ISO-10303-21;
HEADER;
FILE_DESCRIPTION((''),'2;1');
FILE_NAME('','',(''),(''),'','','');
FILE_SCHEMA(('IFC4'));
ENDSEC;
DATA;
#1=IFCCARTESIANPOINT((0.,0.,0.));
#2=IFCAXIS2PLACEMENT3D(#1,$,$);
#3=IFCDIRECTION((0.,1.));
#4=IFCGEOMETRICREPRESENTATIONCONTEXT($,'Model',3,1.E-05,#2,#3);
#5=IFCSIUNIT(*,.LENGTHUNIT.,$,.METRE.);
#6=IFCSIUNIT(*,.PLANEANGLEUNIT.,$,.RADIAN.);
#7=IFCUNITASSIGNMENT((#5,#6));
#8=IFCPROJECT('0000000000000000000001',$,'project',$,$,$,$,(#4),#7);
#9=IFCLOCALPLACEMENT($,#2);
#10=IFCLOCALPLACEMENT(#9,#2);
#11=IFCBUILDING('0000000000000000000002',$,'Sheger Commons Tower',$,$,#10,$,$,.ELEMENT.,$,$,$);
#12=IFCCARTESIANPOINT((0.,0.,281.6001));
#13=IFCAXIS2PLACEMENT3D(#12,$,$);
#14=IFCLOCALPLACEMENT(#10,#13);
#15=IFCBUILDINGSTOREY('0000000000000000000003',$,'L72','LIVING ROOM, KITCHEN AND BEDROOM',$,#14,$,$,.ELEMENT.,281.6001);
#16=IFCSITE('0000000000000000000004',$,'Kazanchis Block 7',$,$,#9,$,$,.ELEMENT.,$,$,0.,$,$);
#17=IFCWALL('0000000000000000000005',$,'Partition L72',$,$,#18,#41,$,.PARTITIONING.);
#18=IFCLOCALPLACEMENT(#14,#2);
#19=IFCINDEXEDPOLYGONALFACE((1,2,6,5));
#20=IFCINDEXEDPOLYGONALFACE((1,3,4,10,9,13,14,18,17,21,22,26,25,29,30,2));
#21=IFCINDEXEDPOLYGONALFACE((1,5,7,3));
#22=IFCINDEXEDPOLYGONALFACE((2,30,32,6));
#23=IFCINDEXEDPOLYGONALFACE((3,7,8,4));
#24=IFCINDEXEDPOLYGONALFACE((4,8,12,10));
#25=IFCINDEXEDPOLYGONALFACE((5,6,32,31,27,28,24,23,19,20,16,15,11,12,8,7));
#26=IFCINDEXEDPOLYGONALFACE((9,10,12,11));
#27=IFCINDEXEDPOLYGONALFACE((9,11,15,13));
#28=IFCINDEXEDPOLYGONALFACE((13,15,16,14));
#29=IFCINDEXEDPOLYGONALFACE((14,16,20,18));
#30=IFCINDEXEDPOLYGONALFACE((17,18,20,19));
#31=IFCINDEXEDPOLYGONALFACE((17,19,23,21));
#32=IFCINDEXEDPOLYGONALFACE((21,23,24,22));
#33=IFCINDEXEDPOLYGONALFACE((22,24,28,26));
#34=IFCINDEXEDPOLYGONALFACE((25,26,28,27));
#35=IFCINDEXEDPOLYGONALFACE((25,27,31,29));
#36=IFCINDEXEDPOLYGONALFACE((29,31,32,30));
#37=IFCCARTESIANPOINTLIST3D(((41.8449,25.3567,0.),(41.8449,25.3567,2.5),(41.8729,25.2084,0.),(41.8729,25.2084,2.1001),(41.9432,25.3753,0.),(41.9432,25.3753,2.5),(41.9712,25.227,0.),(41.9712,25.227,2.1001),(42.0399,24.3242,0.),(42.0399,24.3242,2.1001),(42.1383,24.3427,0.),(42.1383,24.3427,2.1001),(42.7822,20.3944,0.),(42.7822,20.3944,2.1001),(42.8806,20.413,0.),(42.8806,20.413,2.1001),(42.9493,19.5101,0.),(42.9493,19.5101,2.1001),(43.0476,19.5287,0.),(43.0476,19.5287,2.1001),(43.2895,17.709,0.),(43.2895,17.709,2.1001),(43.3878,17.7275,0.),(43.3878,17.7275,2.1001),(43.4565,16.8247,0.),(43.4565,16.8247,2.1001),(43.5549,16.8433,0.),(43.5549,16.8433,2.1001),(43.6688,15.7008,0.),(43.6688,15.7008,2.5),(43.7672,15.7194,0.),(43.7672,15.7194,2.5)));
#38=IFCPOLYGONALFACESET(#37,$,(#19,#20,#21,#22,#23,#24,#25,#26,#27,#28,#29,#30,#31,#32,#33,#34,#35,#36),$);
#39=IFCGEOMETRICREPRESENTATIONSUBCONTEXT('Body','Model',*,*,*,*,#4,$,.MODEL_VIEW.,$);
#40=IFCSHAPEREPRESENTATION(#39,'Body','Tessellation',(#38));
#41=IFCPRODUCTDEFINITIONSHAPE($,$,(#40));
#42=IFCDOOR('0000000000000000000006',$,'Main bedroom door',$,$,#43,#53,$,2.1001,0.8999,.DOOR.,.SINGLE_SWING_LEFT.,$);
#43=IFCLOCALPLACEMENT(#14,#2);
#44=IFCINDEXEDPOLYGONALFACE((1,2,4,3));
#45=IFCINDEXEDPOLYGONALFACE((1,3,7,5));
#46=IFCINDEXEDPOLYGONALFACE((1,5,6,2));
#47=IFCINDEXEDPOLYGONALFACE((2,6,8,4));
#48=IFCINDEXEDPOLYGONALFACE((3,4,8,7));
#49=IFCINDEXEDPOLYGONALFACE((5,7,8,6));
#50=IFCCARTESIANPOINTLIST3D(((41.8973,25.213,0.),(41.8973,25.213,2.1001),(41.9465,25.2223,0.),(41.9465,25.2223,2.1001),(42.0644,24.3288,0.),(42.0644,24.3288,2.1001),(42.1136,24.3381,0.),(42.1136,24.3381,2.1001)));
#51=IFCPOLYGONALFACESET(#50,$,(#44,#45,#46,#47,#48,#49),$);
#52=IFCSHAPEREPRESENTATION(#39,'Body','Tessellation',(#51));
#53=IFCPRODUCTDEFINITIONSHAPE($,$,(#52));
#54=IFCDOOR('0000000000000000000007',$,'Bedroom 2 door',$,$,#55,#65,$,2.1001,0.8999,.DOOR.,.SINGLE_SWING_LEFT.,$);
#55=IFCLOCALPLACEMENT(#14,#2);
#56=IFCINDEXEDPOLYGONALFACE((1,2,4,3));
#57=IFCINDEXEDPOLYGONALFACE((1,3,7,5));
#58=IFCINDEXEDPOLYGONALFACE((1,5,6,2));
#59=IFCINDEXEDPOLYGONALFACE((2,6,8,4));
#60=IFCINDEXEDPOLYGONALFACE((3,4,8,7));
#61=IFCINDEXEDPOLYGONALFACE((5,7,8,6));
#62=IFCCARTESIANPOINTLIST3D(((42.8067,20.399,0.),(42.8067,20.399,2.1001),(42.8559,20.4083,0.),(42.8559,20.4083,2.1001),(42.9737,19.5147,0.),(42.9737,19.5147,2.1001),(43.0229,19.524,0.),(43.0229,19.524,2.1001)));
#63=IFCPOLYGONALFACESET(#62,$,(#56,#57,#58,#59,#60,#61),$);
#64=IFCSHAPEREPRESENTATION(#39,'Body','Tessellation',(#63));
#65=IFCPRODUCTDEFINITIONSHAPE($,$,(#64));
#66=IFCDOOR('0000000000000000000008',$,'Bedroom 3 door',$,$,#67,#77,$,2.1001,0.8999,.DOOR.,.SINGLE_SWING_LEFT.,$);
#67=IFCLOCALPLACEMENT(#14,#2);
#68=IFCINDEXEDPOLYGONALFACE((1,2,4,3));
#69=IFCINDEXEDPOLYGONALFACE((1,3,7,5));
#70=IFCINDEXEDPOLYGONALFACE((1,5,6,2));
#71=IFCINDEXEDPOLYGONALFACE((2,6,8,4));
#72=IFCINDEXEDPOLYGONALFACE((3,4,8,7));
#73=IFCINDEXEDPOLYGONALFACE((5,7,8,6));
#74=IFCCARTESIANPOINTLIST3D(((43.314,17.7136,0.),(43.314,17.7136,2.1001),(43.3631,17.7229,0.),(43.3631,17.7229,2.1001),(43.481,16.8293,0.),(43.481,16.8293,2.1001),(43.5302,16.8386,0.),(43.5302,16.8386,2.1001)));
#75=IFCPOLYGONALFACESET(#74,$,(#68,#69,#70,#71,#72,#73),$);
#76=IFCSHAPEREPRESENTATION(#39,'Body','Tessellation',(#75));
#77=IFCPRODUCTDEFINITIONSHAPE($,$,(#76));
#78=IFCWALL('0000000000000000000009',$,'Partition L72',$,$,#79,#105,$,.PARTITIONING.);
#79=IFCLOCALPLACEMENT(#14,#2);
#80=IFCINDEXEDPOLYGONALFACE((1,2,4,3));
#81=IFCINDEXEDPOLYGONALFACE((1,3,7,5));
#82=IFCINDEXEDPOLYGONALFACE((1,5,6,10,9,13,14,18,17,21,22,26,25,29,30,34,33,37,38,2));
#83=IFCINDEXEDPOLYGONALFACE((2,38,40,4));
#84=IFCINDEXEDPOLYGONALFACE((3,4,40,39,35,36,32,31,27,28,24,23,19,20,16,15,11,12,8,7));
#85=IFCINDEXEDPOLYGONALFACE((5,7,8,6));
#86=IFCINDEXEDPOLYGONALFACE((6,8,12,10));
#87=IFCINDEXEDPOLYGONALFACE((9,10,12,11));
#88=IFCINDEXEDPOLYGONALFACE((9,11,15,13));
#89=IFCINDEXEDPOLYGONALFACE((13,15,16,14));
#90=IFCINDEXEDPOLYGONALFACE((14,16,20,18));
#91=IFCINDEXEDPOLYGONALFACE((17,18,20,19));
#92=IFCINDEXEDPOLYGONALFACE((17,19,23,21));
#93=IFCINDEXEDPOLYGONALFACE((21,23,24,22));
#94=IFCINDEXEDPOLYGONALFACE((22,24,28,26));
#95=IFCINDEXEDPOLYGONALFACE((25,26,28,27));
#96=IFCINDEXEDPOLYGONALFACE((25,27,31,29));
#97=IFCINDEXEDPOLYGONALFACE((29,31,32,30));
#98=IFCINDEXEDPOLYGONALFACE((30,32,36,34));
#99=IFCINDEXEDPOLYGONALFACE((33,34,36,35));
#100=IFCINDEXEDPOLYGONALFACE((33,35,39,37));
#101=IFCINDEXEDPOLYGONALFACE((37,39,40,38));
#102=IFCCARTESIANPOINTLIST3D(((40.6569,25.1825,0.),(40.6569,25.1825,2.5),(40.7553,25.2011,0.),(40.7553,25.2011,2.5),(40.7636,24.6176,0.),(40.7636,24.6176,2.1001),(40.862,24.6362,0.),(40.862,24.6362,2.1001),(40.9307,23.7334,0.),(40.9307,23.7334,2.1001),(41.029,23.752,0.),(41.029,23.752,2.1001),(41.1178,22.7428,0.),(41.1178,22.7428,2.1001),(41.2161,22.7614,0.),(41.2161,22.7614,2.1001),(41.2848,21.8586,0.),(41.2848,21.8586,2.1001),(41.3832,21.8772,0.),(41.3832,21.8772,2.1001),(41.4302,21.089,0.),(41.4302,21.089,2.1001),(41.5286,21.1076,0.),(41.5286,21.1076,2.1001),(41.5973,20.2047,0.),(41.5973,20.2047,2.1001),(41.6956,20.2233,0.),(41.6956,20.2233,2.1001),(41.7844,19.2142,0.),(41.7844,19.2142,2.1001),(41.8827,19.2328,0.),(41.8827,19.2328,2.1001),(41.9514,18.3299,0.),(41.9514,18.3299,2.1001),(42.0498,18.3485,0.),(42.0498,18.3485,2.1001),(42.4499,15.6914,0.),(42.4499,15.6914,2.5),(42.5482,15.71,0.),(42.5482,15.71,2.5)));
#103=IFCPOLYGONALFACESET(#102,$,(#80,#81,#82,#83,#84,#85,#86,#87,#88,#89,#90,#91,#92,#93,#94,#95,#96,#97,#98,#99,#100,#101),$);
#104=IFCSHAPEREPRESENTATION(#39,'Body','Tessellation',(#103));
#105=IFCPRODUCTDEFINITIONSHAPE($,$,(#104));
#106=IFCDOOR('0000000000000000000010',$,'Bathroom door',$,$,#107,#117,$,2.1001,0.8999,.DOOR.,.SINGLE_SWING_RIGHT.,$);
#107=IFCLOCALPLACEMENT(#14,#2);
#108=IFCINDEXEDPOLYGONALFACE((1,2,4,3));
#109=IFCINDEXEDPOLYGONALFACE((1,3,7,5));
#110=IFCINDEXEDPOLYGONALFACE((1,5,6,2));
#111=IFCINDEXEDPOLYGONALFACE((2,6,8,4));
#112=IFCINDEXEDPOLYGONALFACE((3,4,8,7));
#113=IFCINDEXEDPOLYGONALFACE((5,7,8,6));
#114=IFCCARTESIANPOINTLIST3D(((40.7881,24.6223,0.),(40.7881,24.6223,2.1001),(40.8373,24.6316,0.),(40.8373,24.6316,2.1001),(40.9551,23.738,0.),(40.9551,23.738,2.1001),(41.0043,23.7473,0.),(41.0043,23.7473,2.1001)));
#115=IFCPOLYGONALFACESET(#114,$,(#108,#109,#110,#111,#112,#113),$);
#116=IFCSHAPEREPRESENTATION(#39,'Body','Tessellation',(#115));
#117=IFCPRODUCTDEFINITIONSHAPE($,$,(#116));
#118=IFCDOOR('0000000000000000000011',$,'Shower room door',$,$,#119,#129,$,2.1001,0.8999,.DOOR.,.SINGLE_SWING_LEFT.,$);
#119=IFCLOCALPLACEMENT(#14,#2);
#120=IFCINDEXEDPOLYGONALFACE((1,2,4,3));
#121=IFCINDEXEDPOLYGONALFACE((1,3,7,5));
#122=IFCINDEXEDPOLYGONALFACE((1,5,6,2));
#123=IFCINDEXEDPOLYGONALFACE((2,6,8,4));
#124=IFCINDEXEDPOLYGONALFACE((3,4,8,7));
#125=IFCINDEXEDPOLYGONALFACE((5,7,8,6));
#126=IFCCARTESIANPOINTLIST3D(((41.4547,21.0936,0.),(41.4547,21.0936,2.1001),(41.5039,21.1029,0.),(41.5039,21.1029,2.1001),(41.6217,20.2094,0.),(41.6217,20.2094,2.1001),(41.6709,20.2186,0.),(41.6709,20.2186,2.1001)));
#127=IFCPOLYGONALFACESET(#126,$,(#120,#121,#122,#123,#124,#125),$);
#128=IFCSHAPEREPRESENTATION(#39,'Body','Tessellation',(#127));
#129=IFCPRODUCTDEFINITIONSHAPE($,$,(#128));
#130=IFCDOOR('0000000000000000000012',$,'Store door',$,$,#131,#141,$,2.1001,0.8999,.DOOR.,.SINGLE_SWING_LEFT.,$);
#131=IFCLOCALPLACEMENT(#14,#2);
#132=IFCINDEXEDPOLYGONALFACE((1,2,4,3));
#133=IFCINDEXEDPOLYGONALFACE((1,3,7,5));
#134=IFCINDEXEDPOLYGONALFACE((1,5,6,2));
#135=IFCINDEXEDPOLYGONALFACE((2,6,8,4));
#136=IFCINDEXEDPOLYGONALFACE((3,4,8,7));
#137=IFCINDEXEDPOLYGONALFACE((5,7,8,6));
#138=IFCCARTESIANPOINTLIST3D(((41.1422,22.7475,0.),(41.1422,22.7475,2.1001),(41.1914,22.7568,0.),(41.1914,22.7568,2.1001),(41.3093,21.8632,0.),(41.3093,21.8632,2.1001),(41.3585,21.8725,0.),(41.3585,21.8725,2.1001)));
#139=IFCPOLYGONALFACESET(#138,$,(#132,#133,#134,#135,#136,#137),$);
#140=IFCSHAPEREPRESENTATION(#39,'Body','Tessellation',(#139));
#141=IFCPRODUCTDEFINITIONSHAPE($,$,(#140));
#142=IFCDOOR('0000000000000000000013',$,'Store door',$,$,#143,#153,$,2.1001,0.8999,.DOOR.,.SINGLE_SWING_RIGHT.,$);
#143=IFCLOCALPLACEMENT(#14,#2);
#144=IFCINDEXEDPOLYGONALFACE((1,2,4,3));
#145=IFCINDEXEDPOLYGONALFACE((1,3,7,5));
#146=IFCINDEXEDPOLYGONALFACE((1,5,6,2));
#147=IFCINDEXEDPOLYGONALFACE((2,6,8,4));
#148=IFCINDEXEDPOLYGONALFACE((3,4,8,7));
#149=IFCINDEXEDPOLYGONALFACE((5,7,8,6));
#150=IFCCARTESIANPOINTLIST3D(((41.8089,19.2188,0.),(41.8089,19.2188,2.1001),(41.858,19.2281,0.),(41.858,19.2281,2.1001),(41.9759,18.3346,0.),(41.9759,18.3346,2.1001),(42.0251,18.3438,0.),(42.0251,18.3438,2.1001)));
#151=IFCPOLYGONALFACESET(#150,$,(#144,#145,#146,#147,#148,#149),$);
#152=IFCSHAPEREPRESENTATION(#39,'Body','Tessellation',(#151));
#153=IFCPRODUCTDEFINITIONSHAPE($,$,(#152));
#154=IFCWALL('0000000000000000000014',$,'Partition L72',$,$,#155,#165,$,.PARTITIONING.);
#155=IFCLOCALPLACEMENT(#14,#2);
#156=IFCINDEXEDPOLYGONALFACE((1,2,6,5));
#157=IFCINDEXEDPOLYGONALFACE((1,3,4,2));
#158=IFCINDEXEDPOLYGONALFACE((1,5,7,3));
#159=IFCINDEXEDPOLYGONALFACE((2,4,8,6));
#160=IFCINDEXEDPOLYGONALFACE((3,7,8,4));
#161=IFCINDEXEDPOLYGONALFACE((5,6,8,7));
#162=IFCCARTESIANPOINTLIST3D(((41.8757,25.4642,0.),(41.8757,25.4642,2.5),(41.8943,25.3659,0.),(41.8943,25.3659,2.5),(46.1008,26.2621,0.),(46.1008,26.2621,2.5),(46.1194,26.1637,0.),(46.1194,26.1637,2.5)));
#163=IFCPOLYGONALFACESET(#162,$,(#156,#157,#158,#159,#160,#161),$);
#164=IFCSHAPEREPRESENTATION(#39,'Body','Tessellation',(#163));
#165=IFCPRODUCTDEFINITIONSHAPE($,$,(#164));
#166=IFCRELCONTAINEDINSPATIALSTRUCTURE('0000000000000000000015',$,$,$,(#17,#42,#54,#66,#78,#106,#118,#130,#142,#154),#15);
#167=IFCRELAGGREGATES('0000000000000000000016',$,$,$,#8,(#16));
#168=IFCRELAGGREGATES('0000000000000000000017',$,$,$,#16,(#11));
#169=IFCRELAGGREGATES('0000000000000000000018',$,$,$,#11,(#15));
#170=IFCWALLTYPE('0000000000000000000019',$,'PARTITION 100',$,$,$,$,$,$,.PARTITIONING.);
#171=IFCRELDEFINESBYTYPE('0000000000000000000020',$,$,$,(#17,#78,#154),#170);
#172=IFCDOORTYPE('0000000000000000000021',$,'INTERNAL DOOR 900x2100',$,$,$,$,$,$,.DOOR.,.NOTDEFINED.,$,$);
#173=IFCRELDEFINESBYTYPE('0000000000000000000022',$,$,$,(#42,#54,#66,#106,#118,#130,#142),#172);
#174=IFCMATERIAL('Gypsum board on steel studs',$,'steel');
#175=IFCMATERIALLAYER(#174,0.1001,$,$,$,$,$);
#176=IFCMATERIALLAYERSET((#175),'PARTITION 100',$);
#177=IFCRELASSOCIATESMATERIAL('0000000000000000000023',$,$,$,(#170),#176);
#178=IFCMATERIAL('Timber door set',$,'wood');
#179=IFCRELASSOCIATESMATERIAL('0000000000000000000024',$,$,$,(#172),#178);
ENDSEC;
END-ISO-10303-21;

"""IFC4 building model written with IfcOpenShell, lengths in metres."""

from ifc_helpers import new_model, si_unit, direction, frame, frame_2d, origin, place, context, subcontext, project, spatial, rectangle, extrude, material, layer, layer_set, type_object, element, fill, save


model = new_model("IFC4")

# Units and contexts
model_context = context("Model", 3, precision=1e-05, world=origin(), true_north=direction((0.0, 1.0)))
body_context = subcontext(model_context, "Body", "Model", "MODEL_VIEW")
ifc_project = project(units=[si_unit("LENGTHUNIT", "METRE"), si_unit("PLANEANGLEUNIT", "RADIAN")], contexts=[model_context])

# Site, building, storey
site_placement = place(None, origin())
site = spatial("IfcSite", under=ifc_project, at=site_placement, Name="Kazanchis Block 7", CompositionType="ELEMENT", RefElevation=0.0)
building_placement = place(site_placement, origin())
building = spatial("IfcBuilding", under=site, at=building_placement, Name="Sheger Commons Tower", CompositionType="ELEMENT")
storey_placement = place(building_placement, frame((0.0, 0.0, 281.6001)))
storey = spatial("IfcBuildingStorey", under=building, at=storey_placement, Name="L72", Description="LIVING ROOM, KITCHEN AND BEDROOM", CompositionType="ELEMENT", Elevation=281.6001)

# Walls, openings, doors
ifc_material_1 = material(Name="Gypsum board on steel studs", Category="steel")
ifc_layer_1 = layer(ifc_material_1, 0.1001)
ifc_layer_set_1 = layer_set([ifc_layer_1], Name="PARTITION 100")
wall_type_1 = type_object("IfcWallType", Name="PARTITION 100", PredefinedType="PARTITIONING", material=ifc_layer_set_1)
wall_1_placement = place(storey_placement, frame((41.894, 25.366, 0.0), z_axis=(0.0, 0.0, 1.0), x_axis=(0.185613, -0.982623, 0.0)))
wall_1 = element("IfcWall", 1, at=wall_1_placement, inside=storey, type_object=wall_type_1, Name="Partition L72", PredefinedType="PARTITIONING", context=body_context, shape_type="SweptSolid", body=[
    extrude(rectangle(XDim=9.8267, YDim=0.1001, at=frame_2d((4.9133, 0.0))), origin(), (0.0, 0.0, 1.0), 2.5),
])
opening_1_placement = place(wall_1_placement, frame((0.1509, 0.0, 0.0)))
opening_1 = element("IfcOpeningElement", 2, at=opening_1_placement, cuts=wall_1, PredefinedType="OPENING", context=body_context, shape_type="SweptSolid", body=[
    extrude(rectangle(XDim=0.8999, YDim=2.1001, at=frame_2d((0.45, 1.05))), frame((0.0, 0.0601, 0.0), z_axis=(0.0, -1.0, 0.0), x_axis=(1.0, 0.0, 0.0)), (0.0, 0.0, 1.0), 0.1201),
])
opening_2_placement = place(wall_1_placement, frame((5.05, 0.0, 0.0)))
opening_2 = element("IfcOpeningElement", 3, at=opening_2_placement, cuts=wall_1, PredefinedType="OPENING", context=body_context, shape_type="SweptSolid", body=[
    extrude(rectangle(XDim=0.8999, YDim=2.1001, at=frame_2d((0.45, 1.05))), frame((0.0, 0.0601, 0.0), z_axis=(0.0, -1.0, 0.0), x_axis=(1.0, 0.0, 0.0)), (0.0, 0.0, 1.0), 0.1201),
])
opening_3_placement = place(wall_1_placement, frame((7.783, 0.0, 0.0)))
opening_3 = element("IfcOpeningElement", 4, at=opening_3_placement, cuts=wall_1, PredefinedType="OPENING", context=body_context, shape_type="SweptSolid", body=[
    extrude(rectangle(XDim=0.8999, YDim=2.1001, at=frame_2d((0.45, 1.05))), frame((0.0, 0.0601, 0.0), z_axis=(0.0, -1.0, 0.0), x_axis=(1.0, 0.0, 0.0)), (0.0, 0.0, 1.0), 0.1201),
])
ifc_material_2 = material(Name="Timber door set", Category="wood")
door_type = type_object("IfcDoorType", Name="INTERNAL DOOR 900x2100", OperationType="NOTDEFINED", PredefinedType="DOOR", material=ifc_material_2)
door_1_placement = place(opening_1_placement, origin())
door_1 = element("IfcDoor", 5, at=door_1_placement, inside=storey, type_object=door_type, Name="Main bedroom door", OperationType="SINGLE_SWING_LEFT", OverallHeight=2.1001, OverallWidth=0.8999, PredefinedType="DOOR", context=body_context, shape_type="SweptSolid", body=[
    extrude(rectangle(XDim=0.8999, YDim=2.1001, at=frame_2d((0.45, 1.05))), frame((0.0, 0.0249, 0.0), z_axis=(0.0, -1.0, 0.0), x_axis=(1.0, 0.0, 0.0)), (0.0, 0.0, 1.0), 0.05),
])
fill(opening_1, door_1)
door_2_placement = place(opening_2_placement, origin())
door_2 = element("IfcDoor", 6, at=door_2_placement, inside=storey, type_object=door_type, Name="Bedroom 2 door", OperationType="SINGLE_SWING_LEFT", OverallHeight=2.1001, OverallWidth=0.8999, PredefinedType="DOOR", context=body_context, shape_type="SweptSolid", body=[
    extrude(rectangle(XDim=0.8999, YDim=2.1001, at=frame_2d((0.45, 1.05))), frame((0.0, 0.0249, 0.0), z_axis=(0.0, -1.0, 0.0), x_axis=(1.0, 0.0, 0.0)), (0.0, 0.0, 1.0), 0.05),
])
fill(opening_2, door_2)
door_3_placement = place(opening_3_placement, origin())
door_3 = element("IfcDoor", 7, at=door_3_placement, inside=storey, type_object=door_type, Name="Bedroom 3 door", OperationType="SINGLE_SWING_LEFT", OverallHeight=2.1001, OverallWidth=0.8999, PredefinedType="DOOR", context=body_context, shape_type="SweptSolid", body=[
    extrude(rectangle(XDim=0.8999, YDim=2.1001, at=frame_2d((0.45, 1.05))), frame((0.0, 0.0249, 0.0), z_axis=(0.0, -1.0, 0.0), x_axis=(1.0, 0.0, 0.0)), (0.0, 0.0, 1.0), 0.05),
])
fill(opening_3, door_3)
wall_2_placement = place(storey_placement, frame((40.7061, 25.1919, 0.0), z_axis=(0.0, 0.0, 1.0), x_axis=(0.18563, -0.98262, 0.0)))
wall_2 = element("IfcWall", 8, at=wall_2_placement, inside=storey, type_object=wall_type_1, Name="Partition L72", PredefinedType="PARTITIONING", context=body_context, shape_type="SweptSolid", body=[
    extrude(rectangle(XDim=9.6589, YDim=0.1001, at=frame_2d((4.8296, 0.0))), origin(), (0.0, 0.0, 1.0), 2.5),
])
opening_4_placement = place(wall_2_placement, frame((0.575, 0.0, 0.0)))
opening_4 = element("IfcOpeningElement", 9, at=opening_4_placement, cuts=wall_2, PredefinedType="OPENING", context=body_context, shape_type="SweptSolid", body=[
    extrude(rectangle(XDim=0.8999, YDim=2.1001, at=frame_2d((0.45, 1.05))), frame((0.0, 0.0601, 0.0), z_axis=(0.0, -1.0, 0.0), x_axis=(1.0, 0.0, 0.0)), (0.0, 0.0, 1.0), 0.1201),
])
opening_5_placement = place(wall_2_placement, frame((4.166, 0.0, 0.0)))
opening_5 = element("IfcOpeningElement", 10, at=opening_5_placement, cuts=wall_2, PredefinedType="OPENING", context=body_context, shape_type="SweptSolid", body=[
    extrude(rectangle(XDim=0.8999, YDim=2.1001, at=frame_2d((0.45, 1.05))), frame((0.0, 0.0601, 0.0), z_axis=(0.0, -1.0, 0.0), x_axis=(1.0, 0.0, 0.0)), (0.0, 0.0, 1.0), 0.1201),
])
opening_6_placement = place(wall_2_placement, frame((2.4829, 0.0, 0.0)))
opening_6 = element("IfcOpeningElement", 11, at=opening_6_placement, cuts=wall_2, PredefinedType="OPENING", context=body_context, shape_type="SweptSolid", body=[
    extrude(rectangle(XDim=0.8999, YDim=2.1001, at=frame_2d((0.45, 1.05))), frame((0.0, 0.0601, 0.0), z_axis=(0.0, -1.0, 0.0), x_axis=(1.0, 0.0, 0.0)), (0.0, 0.0, 1.0), 0.1201),
])
opening_7_placement = place(wall_2_placement, frame((6.074, 0.0, 0.0)))
opening_7 = element("IfcOpeningElement", 12, at=opening_7_placement, cuts=wall_2, PredefinedType="OPENING", context=body_context, shape_type="SweptSolid", body=[
    extrude(rectangle(XDim=0.8999, YDim=2.1001, at=frame_2d((0.45, 1.05))), frame((0.0, 0.0601, 0.0), z_axis=(0.0, -1.0, 0.0), x_axis=(1.0, 0.0, 0.0)), (0.0, 0.0, 1.0), 0.1201),
])
door_4_placement = place(opening_4_placement, origin())
door_4 = element("IfcDoor", 13, at=door_4_placement, inside=storey, type_object=door_type, Name="Bathroom door", OperationType="SINGLE_SWING_RIGHT", OverallHeight=2.1001, OverallWidth=0.8999, PredefinedType="DOOR", context=body_context, shape_type="SweptSolid", body=[
    extrude(rectangle(XDim=0.8999, YDim=2.1001, at=frame_2d((0.45, 1.05))), frame((0.0, 0.0249, 0.0), z_axis=(0.0, -1.0, 0.0), x_axis=(1.0, 0.0, 0.0)), (0.0, 0.0, 1.0), 0.05),
])
fill(opening_4, door_4)
door_5_placement = place(opening_5_placement, origin())
door_5 = element("IfcDoor", 14, at=door_5_placement, inside=storey, type_object=door_type, Name="Shower room door", OperationType="SINGLE_SWING_LEFT", OverallHeight=2.1001, OverallWidth=0.8999, PredefinedType="DOOR", context=body_context, shape_type="SweptSolid", body=[
    extrude(rectangle(XDim=0.8999, YDim=2.1001, at=frame_2d((0.45, 1.05))), frame((0.0, 0.0249, 0.0), z_axis=(0.0, -1.0, 0.0), x_axis=(1.0, 0.0, 0.0)), (0.0, 0.0, 1.0), 0.05),
])
fill(opening_5, door_5)
door_6_placement = place(opening_6_placement, origin())
door_6 = element("IfcDoor", 15, at=door_6_placement, inside=storey, type_object=door_type, Name="Store door", OperationType="SINGLE_SWING_LEFT", OverallHeight=2.1001, OverallWidth=0.8999, PredefinedType="DOOR", context=body_context, shape_type="SweptSolid", body=[
    extrude(rectangle(XDim=0.8999, YDim=2.1001, at=frame_2d((0.45, 1.05))), frame((0.0, 0.0249, 0.0), z_axis=(0.0, -1.0, 0.0), x_axis=(1.0, 0.0, 0.0)), (0.0, 0.0, 1.0), 0.05),
])
fill(opening_6, door_6)
door_7_placement = place(opening_7_placement, origin())
door_7 = element("IfcDoor", 16, at=door_7_placement, inside=storey, type_object=door_type, Name="Store door", OperationType="SINGLE_SWING_RIGHT", OverallHeight=2.1001, OverallWidth=0.8999, PredefinedType="DOOR", context=body_context, shape_type="SweptSolid", body=[
    extrude(rectangle(XDim=0.8999, YDim=2.1001, at=frame_2d((0.45, 1.05))), frame((0.0, 0.0249, 0.0), z_axis=(0.0, -1.0, 0.0), x_axis=(1.0, 0.0, 0.0)), (0.0, 0.0, 1.0), 0.05),
])
fill(opening_7, door_7)

# Wall
wall_3_placement = place(storey_placement, frame((46.1101, 26.2129, 0.0), z_axis=(0.0, 0.0, 1.0), x_axis=(-0.982634, -0.185557, 0.0)))
element("IfcWall", 17, at=wall_3_placement, inside=storey, type_object=wall_type_1, Name="Partition L72", PredefinedType="PARTITIONING", context=body_context, shape_type="SweptSolid", body=[
    extrude(rectangle(XDim=4.2998, YDim=0.1001, at=frame_2d((2.1499, 0.0))), origin(), (0.0, 0.0, 1.0), 2.5),
])

save(model, "model.ifc")
